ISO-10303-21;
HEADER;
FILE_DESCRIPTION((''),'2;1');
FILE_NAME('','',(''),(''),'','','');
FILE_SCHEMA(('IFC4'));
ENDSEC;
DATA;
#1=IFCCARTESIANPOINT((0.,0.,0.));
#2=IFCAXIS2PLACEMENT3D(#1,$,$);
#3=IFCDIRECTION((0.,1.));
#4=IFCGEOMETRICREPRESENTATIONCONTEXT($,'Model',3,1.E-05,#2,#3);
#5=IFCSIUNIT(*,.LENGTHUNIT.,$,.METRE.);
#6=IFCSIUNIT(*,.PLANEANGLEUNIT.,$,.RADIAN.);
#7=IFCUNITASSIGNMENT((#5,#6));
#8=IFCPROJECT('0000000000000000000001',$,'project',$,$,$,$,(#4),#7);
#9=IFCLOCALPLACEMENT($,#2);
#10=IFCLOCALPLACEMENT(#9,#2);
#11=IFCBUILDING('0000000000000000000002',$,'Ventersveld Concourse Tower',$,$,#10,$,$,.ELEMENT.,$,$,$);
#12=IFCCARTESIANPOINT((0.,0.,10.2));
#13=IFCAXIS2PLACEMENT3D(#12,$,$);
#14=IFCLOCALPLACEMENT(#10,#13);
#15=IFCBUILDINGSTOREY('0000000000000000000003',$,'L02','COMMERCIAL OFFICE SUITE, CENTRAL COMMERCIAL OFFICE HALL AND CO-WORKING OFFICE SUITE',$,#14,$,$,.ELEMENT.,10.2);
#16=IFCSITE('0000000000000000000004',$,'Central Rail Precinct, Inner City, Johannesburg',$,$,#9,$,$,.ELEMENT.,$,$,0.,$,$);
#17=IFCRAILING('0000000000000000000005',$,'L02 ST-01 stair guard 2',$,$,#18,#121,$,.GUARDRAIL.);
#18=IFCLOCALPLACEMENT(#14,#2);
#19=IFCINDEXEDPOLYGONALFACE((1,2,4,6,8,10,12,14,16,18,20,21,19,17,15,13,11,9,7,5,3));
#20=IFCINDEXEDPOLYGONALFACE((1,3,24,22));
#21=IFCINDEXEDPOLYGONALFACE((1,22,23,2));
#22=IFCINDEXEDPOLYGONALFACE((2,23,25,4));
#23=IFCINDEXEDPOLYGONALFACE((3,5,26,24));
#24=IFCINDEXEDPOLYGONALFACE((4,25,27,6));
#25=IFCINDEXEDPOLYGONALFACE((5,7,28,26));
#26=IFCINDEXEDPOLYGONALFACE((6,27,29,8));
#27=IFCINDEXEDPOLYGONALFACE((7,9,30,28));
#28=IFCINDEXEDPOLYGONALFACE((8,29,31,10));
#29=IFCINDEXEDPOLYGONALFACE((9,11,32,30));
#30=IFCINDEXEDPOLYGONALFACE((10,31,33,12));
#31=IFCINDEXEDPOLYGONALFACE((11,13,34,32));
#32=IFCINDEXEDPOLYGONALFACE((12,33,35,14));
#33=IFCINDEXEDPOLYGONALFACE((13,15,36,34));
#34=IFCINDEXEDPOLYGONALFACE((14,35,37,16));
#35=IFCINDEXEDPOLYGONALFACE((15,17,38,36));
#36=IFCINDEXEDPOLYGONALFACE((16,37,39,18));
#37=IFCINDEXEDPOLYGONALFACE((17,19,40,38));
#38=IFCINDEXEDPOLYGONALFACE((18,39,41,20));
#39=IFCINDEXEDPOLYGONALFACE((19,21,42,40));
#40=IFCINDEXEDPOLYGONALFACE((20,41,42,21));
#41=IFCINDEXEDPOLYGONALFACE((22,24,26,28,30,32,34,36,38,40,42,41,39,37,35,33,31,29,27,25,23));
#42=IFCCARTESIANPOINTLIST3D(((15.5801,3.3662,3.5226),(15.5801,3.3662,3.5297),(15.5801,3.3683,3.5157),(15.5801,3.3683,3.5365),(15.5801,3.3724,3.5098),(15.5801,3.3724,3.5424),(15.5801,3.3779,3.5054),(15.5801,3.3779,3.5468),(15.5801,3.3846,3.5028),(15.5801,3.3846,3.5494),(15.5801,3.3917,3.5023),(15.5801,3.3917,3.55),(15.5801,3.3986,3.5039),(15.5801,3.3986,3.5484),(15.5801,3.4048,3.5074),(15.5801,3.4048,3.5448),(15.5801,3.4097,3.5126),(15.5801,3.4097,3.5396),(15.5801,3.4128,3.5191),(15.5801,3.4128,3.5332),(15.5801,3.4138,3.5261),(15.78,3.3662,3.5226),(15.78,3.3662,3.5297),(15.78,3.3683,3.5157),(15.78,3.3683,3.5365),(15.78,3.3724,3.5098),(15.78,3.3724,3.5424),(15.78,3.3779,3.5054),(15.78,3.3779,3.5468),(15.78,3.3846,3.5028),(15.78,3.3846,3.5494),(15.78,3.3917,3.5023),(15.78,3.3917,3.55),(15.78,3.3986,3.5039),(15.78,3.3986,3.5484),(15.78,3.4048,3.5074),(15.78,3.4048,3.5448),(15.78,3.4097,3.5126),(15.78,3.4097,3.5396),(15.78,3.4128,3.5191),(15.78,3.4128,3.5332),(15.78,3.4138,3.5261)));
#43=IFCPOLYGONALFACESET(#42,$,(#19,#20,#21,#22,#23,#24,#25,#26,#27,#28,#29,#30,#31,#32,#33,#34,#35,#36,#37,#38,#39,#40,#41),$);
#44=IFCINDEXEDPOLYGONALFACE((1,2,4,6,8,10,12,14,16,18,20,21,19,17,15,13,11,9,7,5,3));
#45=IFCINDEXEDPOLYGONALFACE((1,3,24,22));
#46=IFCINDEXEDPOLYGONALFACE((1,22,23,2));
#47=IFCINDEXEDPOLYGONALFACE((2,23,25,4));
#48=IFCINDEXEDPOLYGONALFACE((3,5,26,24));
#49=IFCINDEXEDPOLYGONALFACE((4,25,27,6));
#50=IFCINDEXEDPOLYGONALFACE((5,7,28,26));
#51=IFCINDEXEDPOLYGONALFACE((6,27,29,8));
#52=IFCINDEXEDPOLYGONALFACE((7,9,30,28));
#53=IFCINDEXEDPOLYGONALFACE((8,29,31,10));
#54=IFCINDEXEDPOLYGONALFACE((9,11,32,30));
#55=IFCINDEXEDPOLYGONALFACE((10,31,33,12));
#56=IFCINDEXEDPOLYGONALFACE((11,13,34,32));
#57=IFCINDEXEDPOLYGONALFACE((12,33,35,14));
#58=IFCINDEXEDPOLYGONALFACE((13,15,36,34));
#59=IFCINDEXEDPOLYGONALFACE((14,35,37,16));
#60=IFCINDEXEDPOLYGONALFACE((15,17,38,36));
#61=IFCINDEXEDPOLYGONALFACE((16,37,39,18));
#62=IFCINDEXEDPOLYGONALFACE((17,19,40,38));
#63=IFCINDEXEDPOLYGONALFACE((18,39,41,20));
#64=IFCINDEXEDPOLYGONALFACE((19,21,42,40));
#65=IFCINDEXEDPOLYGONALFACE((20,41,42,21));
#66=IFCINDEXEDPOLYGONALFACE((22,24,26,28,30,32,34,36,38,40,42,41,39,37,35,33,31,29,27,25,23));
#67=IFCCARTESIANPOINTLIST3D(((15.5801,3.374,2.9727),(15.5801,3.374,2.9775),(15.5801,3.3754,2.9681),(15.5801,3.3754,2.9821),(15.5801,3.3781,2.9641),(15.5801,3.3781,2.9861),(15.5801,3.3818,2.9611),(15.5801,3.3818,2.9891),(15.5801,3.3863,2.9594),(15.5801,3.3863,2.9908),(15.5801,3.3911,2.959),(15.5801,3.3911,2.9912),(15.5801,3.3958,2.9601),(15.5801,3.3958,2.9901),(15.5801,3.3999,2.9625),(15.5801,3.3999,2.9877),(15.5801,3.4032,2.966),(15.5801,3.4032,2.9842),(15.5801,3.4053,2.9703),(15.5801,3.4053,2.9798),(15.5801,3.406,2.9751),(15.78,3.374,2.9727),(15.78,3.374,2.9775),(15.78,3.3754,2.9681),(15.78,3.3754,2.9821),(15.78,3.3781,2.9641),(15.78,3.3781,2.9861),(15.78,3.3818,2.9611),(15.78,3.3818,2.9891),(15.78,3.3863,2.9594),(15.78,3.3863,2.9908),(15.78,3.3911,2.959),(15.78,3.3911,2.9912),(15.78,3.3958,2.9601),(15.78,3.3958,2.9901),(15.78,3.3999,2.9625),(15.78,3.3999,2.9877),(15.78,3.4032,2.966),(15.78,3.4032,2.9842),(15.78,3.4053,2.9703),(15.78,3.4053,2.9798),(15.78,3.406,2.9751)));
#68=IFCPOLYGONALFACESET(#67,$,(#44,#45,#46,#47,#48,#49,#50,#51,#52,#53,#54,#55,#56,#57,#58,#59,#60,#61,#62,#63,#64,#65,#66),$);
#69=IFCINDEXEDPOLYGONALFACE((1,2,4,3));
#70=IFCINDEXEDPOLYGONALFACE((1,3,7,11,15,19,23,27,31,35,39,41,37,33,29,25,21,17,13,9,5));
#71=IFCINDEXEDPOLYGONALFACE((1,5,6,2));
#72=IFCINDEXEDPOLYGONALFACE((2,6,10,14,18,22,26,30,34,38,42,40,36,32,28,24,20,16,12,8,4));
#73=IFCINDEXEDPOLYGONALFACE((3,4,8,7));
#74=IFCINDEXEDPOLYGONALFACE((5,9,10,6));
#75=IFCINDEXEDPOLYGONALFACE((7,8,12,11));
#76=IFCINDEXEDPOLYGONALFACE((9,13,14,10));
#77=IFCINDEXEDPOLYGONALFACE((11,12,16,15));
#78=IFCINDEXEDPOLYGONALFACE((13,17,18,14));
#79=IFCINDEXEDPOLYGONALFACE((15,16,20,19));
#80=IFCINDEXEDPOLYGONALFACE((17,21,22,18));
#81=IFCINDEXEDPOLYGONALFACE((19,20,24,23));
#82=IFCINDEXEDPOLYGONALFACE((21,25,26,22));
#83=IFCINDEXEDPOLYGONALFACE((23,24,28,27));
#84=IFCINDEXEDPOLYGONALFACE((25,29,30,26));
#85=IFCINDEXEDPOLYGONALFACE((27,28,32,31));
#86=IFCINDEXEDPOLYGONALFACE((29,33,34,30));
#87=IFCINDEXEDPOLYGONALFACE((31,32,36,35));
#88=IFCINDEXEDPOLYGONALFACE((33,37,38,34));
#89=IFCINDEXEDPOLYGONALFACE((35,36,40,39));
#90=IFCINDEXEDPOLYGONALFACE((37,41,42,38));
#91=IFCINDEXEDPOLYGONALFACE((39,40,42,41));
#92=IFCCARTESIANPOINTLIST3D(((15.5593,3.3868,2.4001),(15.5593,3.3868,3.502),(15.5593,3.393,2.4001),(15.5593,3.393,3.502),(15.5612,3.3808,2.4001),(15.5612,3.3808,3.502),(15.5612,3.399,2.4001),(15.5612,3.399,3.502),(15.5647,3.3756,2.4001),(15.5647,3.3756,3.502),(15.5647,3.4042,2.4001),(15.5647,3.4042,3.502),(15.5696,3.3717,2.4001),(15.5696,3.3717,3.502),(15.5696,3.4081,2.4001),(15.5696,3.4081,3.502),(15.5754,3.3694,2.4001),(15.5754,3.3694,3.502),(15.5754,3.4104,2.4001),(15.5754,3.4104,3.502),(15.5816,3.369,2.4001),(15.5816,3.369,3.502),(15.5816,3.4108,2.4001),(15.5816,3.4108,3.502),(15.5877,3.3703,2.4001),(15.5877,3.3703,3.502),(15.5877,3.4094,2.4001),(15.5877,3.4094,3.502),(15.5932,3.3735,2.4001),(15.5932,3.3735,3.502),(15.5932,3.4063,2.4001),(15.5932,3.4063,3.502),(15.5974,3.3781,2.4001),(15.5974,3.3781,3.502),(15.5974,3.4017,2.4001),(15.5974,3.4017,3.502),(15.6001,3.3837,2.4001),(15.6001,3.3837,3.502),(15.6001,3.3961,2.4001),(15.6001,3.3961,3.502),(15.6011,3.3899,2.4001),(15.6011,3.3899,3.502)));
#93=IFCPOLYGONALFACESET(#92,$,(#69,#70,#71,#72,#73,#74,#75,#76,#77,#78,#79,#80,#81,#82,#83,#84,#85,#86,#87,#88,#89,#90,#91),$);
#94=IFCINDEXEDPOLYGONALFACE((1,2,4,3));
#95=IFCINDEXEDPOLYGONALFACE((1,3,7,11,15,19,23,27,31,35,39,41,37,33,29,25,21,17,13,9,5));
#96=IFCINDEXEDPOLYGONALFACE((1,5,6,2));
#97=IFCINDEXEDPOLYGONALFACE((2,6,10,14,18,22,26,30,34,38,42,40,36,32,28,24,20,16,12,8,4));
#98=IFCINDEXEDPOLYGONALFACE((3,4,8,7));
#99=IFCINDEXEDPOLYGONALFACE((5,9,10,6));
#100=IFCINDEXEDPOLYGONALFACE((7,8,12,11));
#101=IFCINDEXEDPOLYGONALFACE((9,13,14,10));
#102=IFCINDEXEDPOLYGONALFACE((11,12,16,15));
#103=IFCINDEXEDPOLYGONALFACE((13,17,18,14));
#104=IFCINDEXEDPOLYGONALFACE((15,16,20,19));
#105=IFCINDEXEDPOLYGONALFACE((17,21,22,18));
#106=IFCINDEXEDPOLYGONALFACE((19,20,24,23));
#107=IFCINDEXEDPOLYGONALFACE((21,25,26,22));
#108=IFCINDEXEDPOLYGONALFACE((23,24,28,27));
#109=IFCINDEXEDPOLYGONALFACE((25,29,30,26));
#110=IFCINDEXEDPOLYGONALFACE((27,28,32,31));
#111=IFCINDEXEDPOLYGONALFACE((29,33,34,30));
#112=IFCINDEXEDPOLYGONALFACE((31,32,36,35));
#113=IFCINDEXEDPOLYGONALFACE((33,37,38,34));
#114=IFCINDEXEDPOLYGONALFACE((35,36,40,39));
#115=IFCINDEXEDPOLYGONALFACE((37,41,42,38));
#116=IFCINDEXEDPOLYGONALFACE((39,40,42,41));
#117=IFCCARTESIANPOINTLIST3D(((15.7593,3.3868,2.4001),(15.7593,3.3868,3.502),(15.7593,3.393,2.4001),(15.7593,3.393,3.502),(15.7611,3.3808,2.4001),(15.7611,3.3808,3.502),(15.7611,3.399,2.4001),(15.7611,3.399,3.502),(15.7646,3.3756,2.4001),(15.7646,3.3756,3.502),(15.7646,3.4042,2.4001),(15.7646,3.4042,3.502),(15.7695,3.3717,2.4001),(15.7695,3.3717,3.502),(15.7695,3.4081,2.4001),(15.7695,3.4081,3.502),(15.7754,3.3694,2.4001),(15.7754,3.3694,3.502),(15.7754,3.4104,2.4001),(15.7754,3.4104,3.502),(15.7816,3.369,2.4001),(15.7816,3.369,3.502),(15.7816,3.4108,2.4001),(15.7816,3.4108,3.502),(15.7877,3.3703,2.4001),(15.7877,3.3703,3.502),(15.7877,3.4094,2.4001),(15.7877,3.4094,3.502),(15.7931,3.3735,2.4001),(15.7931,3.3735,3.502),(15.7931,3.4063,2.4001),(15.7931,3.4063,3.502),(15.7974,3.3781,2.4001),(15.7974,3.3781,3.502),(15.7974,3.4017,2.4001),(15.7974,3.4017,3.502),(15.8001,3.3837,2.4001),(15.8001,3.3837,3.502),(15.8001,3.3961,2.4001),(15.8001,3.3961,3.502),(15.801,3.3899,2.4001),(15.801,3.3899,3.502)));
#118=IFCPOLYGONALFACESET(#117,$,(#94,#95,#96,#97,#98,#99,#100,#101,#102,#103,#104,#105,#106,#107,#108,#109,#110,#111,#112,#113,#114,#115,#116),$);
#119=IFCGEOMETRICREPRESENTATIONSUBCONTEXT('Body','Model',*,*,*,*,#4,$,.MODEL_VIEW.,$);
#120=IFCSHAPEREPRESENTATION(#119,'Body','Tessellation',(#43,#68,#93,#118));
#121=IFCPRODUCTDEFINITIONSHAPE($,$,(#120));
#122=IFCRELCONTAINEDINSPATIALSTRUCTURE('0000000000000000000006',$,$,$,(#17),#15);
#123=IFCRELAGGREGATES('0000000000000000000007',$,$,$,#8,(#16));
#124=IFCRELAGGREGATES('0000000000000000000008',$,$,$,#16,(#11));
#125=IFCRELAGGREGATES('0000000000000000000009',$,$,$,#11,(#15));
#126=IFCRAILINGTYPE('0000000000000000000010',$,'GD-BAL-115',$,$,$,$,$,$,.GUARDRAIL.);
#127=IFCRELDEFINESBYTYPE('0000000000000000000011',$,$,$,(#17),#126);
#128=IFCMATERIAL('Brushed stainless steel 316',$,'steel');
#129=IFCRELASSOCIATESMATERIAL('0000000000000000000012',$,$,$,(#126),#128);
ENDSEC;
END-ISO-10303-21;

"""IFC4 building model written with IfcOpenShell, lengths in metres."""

from ifc_helpers import new_model, si_unit, direction, frame, origin, origin_2d, place, context, subcontext, project, spatial, circle, extrude, material, type_object, element, save


model = new_model("IFC4")

# Units and contexts
model_context = context("Model", 3, precision=1e-05, world=origin(), true_north=direction((0.0, 1.0)))
body_context = subcontext(model_context, "Body", "Model", "MODEL_VIEW")
ifc_project = project(units=[si_unit("LENGTHUNIT", "METRE"), si_unit("PLANEANGLEUNIT", "RADIAN")], contexts=[model_context])

# Site, building, storey
site_placement = place(None, origin())
site = spatial("IfcSite", under=ifc_project, at=site_placement, Name="Central Rail Precinct, Inner City, Johannesburg", CompositionType="ELEMENT", RefElevation=0.0)
building_placement = place(site_placement, origin())
building = spatial("IfcBuilding", under=site, at=building_placement, Name="Ventersveld Concourse Tower", CompositionType="ELEMENT")
storey_placement = place(building_placement, frame((0.0, 0.0, 10.2)))
storey = spatial("IfcBuildingStorey", under=building, at=storey_placement, Name="L02", Description="COMMERCIAL OFFICE SUITE, CENTRAL COMMERCIAL OFFICE HALL AND CO-WORKING OFFICE SUITE", CompositionType="ELEMENT", Elevation=10.2)

# Shared definitions
ifc_material_1 = material(Name="Brushed stainless steel 316", Category="steel")

# Railing
railing_type_1 = type_object("IfcRailingType", Name="GD-BAL-115", PredefinedType="GUARDRAIL", material=ifc_material_1)
railing_1_placement = place(storey_placement, frame((15.5801, 3.3899, 2.4001)))
element("IfcRailing", 1, at=railing_1_placement, inside=storey, type_object=railing_type_1, Name="L02 ST-01 stair guard 2", PredefinedType="GUARDRAIL", context=body_context, shape_type="SweptSolid", body=[
    extrude(circle(Radius=0.0239, at=origin_2d()), frame((0.0, 0.0, 1.126), z_axis=(1.0, 0.0, 0.0), x_axis=(0.0, 1.0, 0.0)), (0.0, 0.0, 1.0), 0.2),
    extrude(circle(Radius=0.0161, at=origin_2d()), frame((0.0, 0.0, 0.575), z_axis=(1.0, 0.0, 0.0), x_axis=(0.0, 1.0, 0.0)), (0.0, 0.0, 1.0), 0.2),
    extrude(circle(Radius=0.021, at=origin_2d()), origin(), (0.0, 0.0, 1.0), 1.1018),
    extrude(circle(Radius=0.021, at=origin_2d()), frame((0.2, 0.0, 0.0)), (0.0, 0.0, 1.0), 1.1018),
])

save(model, "model.ifc")
